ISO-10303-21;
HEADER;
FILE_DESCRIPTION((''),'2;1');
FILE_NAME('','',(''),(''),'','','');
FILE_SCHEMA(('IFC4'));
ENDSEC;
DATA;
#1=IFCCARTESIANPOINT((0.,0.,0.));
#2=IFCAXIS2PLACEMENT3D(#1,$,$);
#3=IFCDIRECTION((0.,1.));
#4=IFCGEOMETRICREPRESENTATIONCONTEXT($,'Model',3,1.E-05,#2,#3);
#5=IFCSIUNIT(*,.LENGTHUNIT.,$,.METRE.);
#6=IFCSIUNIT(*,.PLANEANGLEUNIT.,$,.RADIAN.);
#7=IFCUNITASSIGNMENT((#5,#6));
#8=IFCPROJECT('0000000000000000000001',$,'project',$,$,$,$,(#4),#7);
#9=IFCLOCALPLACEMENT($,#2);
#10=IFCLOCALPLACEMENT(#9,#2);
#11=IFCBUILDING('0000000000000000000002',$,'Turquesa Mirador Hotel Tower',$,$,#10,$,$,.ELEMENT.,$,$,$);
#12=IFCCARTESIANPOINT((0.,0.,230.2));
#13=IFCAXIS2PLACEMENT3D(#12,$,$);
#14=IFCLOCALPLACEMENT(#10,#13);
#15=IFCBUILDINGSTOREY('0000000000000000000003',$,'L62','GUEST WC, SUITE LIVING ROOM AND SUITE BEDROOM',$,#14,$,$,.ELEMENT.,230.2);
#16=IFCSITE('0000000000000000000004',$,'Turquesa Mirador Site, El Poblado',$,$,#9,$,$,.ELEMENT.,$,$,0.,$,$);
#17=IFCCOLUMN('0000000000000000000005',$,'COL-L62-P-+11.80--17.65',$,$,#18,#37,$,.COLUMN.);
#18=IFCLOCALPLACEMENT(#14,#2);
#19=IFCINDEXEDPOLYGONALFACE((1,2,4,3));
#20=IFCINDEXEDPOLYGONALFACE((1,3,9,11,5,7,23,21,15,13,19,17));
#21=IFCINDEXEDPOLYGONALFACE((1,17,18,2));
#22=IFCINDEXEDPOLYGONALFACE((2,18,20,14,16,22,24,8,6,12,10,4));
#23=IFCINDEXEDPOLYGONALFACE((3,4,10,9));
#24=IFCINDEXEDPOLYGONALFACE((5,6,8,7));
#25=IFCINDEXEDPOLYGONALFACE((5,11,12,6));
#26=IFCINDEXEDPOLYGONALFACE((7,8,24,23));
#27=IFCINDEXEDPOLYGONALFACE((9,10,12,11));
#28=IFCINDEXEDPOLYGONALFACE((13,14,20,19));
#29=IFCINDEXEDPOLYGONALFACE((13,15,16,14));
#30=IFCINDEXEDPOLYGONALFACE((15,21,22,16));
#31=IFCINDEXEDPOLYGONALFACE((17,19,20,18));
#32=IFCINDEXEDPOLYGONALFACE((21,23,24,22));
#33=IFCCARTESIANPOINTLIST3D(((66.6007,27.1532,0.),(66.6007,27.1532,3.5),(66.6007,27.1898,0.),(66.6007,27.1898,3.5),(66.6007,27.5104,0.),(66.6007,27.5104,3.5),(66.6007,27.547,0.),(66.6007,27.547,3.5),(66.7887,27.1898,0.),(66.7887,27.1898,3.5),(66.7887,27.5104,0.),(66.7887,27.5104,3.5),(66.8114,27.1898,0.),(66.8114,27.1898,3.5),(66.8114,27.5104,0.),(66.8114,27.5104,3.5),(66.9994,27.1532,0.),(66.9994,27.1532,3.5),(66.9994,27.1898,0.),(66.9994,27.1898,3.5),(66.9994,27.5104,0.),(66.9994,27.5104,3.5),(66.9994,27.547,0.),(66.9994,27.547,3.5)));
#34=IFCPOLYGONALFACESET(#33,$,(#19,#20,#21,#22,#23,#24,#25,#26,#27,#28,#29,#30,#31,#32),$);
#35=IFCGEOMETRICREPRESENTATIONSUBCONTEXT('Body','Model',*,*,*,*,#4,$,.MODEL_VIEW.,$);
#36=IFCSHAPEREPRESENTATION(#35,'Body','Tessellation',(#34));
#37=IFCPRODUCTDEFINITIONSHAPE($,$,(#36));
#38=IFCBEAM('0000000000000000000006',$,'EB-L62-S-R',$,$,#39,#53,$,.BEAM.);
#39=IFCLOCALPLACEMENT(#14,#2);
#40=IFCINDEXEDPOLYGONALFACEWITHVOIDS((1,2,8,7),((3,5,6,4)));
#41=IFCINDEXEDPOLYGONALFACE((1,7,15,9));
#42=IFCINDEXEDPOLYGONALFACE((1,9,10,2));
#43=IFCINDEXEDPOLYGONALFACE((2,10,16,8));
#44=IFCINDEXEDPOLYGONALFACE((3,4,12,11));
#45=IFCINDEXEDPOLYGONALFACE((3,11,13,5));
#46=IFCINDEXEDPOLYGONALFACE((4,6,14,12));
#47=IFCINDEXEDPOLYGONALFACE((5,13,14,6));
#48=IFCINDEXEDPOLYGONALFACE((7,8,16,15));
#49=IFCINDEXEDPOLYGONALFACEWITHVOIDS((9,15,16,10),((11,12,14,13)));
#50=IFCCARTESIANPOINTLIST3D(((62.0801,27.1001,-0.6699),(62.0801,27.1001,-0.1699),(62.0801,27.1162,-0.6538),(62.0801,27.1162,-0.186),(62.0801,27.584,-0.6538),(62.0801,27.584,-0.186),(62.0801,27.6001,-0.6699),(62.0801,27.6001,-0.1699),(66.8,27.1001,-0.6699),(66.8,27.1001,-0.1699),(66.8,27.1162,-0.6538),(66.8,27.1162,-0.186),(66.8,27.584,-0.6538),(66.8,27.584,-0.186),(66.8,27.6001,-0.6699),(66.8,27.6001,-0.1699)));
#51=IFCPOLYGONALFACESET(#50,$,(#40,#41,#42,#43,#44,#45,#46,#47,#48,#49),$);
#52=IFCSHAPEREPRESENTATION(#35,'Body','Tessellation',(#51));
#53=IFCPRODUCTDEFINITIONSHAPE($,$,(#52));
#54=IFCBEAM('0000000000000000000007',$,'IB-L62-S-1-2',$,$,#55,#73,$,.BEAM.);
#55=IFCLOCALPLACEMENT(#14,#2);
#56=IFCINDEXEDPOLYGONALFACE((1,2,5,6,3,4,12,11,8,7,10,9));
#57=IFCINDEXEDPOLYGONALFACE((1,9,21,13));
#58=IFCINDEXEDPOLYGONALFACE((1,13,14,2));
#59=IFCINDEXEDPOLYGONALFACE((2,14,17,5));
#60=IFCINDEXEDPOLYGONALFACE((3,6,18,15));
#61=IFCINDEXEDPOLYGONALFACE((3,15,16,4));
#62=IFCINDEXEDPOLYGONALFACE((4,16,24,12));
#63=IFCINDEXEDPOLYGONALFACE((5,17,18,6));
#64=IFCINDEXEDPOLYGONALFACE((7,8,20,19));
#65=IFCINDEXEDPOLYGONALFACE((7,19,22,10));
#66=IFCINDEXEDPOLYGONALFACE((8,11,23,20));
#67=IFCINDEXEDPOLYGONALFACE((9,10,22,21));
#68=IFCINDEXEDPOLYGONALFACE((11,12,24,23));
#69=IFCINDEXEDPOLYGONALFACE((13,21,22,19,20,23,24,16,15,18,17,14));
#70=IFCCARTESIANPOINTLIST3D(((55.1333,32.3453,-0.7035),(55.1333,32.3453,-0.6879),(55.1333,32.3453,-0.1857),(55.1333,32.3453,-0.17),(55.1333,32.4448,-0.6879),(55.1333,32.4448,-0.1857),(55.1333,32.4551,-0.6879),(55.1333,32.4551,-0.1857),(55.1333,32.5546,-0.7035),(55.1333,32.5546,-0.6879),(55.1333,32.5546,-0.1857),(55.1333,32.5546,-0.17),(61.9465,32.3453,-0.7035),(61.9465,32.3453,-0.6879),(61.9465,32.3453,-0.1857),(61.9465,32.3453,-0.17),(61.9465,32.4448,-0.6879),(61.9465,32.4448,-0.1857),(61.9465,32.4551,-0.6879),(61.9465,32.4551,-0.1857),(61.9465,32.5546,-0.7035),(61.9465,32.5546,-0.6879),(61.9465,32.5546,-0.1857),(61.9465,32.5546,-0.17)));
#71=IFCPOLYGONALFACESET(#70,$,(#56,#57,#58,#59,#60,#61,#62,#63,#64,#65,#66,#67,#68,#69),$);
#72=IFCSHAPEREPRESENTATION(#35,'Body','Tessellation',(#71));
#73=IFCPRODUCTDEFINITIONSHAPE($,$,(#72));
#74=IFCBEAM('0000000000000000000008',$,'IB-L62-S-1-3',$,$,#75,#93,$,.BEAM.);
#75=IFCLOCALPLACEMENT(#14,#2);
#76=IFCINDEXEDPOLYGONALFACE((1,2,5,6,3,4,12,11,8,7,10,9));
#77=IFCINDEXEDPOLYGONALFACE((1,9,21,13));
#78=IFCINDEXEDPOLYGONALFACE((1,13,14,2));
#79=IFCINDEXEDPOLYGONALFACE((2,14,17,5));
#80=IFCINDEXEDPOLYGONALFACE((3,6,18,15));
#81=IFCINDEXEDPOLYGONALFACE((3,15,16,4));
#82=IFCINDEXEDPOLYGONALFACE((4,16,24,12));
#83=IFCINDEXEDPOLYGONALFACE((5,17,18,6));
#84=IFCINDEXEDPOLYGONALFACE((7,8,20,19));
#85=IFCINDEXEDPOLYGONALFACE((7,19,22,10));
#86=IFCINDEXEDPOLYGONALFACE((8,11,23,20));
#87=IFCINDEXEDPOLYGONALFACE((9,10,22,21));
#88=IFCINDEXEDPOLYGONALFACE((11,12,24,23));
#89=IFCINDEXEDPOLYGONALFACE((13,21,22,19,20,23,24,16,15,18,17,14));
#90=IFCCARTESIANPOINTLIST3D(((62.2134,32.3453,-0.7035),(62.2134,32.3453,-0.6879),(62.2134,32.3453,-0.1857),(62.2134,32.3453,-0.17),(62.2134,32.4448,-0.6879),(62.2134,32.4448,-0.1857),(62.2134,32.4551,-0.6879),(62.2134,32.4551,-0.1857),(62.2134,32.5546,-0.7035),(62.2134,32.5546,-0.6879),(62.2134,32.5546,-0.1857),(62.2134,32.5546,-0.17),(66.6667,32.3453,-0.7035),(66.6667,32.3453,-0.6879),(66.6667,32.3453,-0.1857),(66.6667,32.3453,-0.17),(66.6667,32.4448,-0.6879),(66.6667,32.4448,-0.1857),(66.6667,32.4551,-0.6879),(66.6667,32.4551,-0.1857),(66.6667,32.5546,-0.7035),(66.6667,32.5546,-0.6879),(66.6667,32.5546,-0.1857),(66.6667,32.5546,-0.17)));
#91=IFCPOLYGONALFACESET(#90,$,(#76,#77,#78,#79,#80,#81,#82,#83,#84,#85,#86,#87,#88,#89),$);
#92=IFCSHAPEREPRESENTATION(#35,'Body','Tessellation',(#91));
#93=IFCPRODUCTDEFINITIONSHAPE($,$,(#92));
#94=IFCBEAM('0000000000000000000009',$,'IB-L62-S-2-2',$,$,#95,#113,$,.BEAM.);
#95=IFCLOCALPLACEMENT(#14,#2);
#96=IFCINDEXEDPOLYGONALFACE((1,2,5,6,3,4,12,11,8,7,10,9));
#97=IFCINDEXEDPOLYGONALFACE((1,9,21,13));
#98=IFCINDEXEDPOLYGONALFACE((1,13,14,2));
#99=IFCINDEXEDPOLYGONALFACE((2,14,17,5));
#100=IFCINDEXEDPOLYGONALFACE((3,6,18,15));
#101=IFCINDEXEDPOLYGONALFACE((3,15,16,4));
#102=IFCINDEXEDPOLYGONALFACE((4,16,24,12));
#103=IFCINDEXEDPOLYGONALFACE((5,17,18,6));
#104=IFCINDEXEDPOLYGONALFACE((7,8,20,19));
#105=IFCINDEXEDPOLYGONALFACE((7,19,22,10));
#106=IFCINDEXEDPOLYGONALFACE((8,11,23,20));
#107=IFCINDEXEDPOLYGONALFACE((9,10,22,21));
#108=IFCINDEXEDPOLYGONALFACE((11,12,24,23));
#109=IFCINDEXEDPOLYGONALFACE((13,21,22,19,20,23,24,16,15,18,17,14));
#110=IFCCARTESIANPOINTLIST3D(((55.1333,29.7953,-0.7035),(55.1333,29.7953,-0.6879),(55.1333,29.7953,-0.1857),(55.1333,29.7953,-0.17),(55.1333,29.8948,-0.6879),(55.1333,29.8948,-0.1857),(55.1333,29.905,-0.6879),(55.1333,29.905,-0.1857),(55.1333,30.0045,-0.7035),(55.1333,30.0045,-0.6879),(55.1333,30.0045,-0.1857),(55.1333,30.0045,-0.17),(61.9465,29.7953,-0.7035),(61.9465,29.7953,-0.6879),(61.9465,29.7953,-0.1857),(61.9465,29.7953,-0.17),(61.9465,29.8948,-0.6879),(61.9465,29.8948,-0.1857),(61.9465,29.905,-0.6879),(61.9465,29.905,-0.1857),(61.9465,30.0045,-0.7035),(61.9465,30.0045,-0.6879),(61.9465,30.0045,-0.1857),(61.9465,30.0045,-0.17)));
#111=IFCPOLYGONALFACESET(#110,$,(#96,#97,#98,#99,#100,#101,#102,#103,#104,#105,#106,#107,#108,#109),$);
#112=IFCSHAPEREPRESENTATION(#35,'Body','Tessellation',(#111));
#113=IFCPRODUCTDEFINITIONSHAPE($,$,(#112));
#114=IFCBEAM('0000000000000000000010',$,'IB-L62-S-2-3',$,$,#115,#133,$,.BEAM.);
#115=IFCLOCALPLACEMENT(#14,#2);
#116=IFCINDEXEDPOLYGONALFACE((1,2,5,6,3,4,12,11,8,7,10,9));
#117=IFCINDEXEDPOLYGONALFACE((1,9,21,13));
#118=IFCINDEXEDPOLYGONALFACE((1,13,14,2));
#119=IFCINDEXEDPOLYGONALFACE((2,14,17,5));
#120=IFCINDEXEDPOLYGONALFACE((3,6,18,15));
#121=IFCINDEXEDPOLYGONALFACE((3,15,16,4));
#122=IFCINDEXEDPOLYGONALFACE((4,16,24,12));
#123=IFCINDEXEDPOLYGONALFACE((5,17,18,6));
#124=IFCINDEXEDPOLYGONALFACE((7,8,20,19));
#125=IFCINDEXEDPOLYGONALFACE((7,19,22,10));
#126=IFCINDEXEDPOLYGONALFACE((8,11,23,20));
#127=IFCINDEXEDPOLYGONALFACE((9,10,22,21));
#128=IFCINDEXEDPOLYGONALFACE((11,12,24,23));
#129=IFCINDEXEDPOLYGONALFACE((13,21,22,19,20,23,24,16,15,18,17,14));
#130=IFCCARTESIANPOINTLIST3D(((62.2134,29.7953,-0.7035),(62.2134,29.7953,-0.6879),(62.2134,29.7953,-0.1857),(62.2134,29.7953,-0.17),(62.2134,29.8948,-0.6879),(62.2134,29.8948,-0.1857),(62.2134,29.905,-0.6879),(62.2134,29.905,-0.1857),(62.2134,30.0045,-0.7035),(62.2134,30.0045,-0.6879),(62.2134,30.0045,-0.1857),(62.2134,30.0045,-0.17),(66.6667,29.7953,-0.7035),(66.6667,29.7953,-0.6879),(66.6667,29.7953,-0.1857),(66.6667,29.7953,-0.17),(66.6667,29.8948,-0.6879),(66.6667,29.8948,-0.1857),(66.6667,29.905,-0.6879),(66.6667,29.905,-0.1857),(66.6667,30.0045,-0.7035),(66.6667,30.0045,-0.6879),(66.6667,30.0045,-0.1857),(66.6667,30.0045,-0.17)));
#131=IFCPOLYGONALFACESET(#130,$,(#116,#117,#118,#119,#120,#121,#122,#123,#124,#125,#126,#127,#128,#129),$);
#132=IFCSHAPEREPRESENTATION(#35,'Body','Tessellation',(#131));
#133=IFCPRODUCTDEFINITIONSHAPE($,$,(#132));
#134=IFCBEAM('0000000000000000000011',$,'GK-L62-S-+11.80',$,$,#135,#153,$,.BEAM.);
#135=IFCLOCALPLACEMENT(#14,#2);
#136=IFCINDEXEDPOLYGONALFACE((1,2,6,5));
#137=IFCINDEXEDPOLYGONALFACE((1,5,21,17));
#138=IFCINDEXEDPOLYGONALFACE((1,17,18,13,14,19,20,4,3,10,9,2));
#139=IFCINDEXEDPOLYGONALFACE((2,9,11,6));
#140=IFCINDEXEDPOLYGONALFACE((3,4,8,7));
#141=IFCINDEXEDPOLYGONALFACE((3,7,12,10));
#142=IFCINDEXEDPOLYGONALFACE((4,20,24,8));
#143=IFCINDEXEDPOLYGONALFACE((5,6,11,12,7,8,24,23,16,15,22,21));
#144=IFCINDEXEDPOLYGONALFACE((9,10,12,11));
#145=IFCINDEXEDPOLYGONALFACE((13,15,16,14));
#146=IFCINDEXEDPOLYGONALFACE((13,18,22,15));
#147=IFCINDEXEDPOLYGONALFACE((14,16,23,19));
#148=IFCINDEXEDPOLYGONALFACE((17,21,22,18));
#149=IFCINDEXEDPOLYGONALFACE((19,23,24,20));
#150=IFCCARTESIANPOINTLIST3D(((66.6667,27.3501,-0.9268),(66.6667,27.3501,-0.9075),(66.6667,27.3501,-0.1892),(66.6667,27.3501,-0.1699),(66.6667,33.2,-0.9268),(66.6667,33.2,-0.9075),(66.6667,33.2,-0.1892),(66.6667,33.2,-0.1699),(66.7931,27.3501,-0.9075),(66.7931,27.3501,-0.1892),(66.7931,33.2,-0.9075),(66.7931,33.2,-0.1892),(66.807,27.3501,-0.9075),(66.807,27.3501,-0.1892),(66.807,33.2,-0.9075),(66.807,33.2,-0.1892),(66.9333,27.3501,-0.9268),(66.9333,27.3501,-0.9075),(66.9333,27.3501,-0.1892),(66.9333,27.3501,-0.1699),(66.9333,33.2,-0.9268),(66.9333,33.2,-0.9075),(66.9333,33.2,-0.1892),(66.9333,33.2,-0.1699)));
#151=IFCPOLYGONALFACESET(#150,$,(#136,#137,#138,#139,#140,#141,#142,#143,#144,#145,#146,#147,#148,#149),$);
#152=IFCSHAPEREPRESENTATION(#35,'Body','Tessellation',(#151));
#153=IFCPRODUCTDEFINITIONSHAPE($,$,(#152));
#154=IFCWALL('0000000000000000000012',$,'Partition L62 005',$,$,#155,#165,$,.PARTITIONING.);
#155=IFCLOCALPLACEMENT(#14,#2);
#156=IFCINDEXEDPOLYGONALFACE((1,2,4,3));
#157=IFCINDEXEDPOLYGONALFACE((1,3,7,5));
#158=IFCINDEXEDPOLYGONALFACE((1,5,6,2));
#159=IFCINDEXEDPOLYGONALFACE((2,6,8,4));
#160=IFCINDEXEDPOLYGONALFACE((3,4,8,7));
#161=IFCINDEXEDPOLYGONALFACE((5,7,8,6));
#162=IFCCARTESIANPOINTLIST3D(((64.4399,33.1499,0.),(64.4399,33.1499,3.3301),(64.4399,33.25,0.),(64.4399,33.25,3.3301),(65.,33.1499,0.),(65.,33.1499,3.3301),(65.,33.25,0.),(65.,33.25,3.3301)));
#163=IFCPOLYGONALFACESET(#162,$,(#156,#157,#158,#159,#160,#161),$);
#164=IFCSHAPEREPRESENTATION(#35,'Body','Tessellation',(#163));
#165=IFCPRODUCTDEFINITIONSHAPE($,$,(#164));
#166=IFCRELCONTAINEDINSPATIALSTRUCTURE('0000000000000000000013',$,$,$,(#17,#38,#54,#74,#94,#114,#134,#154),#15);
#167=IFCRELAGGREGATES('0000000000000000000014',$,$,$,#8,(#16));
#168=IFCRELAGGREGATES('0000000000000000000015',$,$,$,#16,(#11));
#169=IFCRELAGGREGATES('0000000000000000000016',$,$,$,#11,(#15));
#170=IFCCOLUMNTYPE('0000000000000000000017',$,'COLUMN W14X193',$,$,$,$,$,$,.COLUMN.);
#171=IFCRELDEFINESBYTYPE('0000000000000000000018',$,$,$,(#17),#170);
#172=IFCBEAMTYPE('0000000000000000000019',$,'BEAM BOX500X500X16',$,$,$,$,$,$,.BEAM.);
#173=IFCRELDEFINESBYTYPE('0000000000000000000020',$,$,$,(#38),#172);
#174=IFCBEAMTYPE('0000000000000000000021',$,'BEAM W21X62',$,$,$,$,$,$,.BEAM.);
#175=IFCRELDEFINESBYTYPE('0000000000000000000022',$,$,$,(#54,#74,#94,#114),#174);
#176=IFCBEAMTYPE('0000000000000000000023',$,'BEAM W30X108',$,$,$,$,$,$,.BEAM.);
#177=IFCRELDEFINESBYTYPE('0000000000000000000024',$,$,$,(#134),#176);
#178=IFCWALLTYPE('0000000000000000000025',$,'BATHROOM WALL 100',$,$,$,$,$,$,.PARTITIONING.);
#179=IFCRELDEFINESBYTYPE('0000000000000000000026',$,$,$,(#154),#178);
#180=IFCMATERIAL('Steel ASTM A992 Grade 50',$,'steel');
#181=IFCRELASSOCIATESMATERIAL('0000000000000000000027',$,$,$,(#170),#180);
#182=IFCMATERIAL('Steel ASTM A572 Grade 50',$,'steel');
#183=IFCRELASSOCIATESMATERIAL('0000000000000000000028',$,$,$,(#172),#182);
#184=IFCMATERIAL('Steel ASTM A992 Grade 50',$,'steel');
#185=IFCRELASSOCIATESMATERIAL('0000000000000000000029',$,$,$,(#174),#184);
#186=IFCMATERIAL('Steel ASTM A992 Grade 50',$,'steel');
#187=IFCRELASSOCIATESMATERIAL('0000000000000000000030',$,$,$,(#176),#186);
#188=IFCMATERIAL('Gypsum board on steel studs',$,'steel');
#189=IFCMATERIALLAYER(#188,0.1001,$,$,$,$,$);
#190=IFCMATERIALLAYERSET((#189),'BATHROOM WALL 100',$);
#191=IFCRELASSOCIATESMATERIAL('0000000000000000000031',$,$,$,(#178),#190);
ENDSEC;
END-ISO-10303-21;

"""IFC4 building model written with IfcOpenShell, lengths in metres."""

from ifc_helpers import new_model, si_unit, direction, frame, frame_2d, origin, origin_2d, place, context, subcontext, project, spatial, rectangle, hollow_rectangle, i_section, extrude, material, layer, layer_set, material_profile, profile_set, type_object, element, save


model = new_model("IFC4")

# Units and contexts
model_context = context("Model", 3, precision=1e-05, world=origin(), true_north=direction((0.0, 1.0)))
body_context = subcontext(model_context, "Body", "Model", "MODEL_VIEW")
ifc_project = project(units=[si_unit("LENGTHUNIT", "METRE"), si_unit("PLANEANGLEUNIT", "RADIAN")], contexts=[model_context])

# Site, building, storey
site_placement = place(None, origin())
site = spatial("IfcSite", under=ifc_project, at=site_placement, Name="Turquesa Mirador Site, El Poblado", CompositionType="ELEMENT", RefElevation=0.0)
building_placement = place(site_placement, origin())
building = spatial("IfcBuilding", under=site, at=building_placement, Name="Turquesa Mirador Hotel Tower", CompositionType="ELEMENT")
storey_placement = place(building_placement, frame((0.0, 0.0, 230.2)))
storey = spatial("IfcBuildingStorey", under=building, at=storey_placement, Name="L62", Description="GUEST WC, SUITE LIVING ROOM AND SUITE BEDROOM", CompositionType="ELEMENT", Elevation=230.2)

# Column
ifc_material_1 = material(Name="Steel ASTM A992 Grade 50", Category="steel")
ifc_material_profile_1 = material_profile(ifc_material_1, i_section(OverallWidth=0.3987, OverallDepth=0.3938, WebThickness=0.0227, FlangeThickness=0.0366, at=origin_2d()), Name="W14X193")
ifc_profile_set_1 = profile_set([ifc_material_profile_1], Name="Steel ASTM A992 Grade 50")
column_type = type_object("IfcColumnType", Name="COLUMN W14X193", PredefinedType="COLUMN", material=ifc_profile_set_1)
column_placement = place(storey_placement, frame((66.8, 27.3501, 0.0), z_axis=(0.0, 0.0, 1.0), x_axis=(1.0, 0.0, 0.0)))
element("IfcColumn", 1, at=column_placement, inside=storey, type_object=column_type, Name="COL-L62-P-+11.80--17.65", PredefinedType="COLUMN", context=body_context, shape_type="SweptSolid", body=[
    extrude(i_section(OverallWidth=0.3987, OverallDepth=0.3938, WebThickness=0.0227, FlangeThickness=0.0366, at=origin_2d()), origin(), (0.0, 0.0, 1.0), 3.5),
])

# Beams
ifc_material_2 = material(Name="Steel ASTM A572 Grade 50", Category="steel")
ifc_material_profile_2 = material_profile(ifc_material_2, hollow_rectangle(XDim=0.5, YDim=0.5, WallThickness=0.0161, at=origin_2d()), Name="BOX500X500X16")
ifc_profile_set_2 = profile_set([ifc_material_profile_2], Name="Steel ASTM A572 Grade 50")
beam_type_1 = type_object("IfcBeamType", Name="BEAM BOX500X500X16", PredefinedType="BEAM", material=ifc_profile_set_2)
beam_1_placement = place(storey_placement, frame((62.0801, 27.3501, -0.4199), z_axis=(1.0, 0.0, 0.0), x_axis=(0.0, 1.0, 0.0)))
element("IfcBeam", 2, at=beam_1_placement, inside=storey, type_object=beam_type_1, Name="EB-L62-S-R", PredefinedType="BEAM", context=body_context, shape_type="SweptSolid", body=[
    extrude(hollow_rectangle(XDim=0.5, YDim=0.5, WallThickness=0.0161, at=origin_2d()), origin(), (0.0, 0.0, 1.0), 4.72),
])
ifc_material_3 = material(Name="Steel ASTM A992 Grade 50", Category="steel")
ifc_material_profile_3 = material_profile(ifc_material_3, i_section(OverallWidth=0.2092, OverallDepth=0.5334, WebThickness=0.0103, FlangeThickness=0.0156, at=origin_2d()), Name="W21X62")
ifc_profile_set_3 = profile_set([ifc_material_profile_3], Name="Steel ASTM A992 Grade 50")
beam_type_2 = type_object("IfcBeamType", Name="BEAM W21X62", PredefinedType="BEAM", material=ifc_profile_set_3)
beam_2_placement = place(storey_placement, frame((55.1333, 32.45, -0.4368), z_axis=(1.0, 0.0, 0.0), x_axis=(0.0, 1.0, 0.0)))
element("IfcBeam", 3, at=beam_2_placement, inside=storey, type_object=beam_type_2, Name="IB-L62-S-1-2", PredefinedType="BEAM", context=body_context, shape_type="SweptSolid", body=[
    extrude(i_section(OverallWidth=0.2092, OverallDepth=0.5334, WebThickness=0.0103, FlangeThickness=0.0156, at=origin_2d()), origin(), (0.0, 0.0, 1.0), 6.8132),
])
beam_3_placement = place(storey_placement, frame((62.2134, 32.45, -0.4368), z_axis=(1.0, 0.0, 0.0), x_axis=(0.0, 1.0, 0.0)))
element("IfcBeam", 4, at=beam_3_placement, inside=storey, type_object=beam_type_2, Name="IB-L62-S-1-3", PredefinedType="BEAM", context=body_context, shape_type="SweptSolid", body=[
    extrude(i_section(OverallWidth=0.2092, OverallDepth=0.5334, WebThickness=0.0103, FlangeThickness=0.0156, at=origin_2d()), origin(), (0.0, 0.0, 1.0), 4.4534),
])
beam_4_placement = place(storey_placement, frame((55.1333, 29.8999, -0.4368), z_axis=(1.0, 0.0, 0.0), x_axis=(0.0, 1.0, 0.0)))
element("IfcBeam", 5, at=beam_4_placement, inside=storey, type_object=beam_type_2, Name="IB-L62-S-2-2", PredefinedType="BEAM", context=body_context, shape_type="SweptSolid", body=[
    extrude(i_section(OverallWidth=0.2092, OverallDepth=0.5334, WebThickness=0.0103, FlangeThickness=0.0156, at=origin_2d()), origin(), (0.0, 0.0, 1.0), 6.8132),
])
beam_5_placement = place(storey_placement, frame((62.2134, 29.8999, -0.4368), z_axis=(1.0, 0.0, 0.0), x_axis=(0.0, 1.0, 0.0)))
element("IfcBeam", 6, at=beam_5_placement, inside=storey, type_object=beam_type_2, Name="IB-L62-S-2-3", PredefinedType="BEAM", context=body_context, shape_type="SweptSolid", body=[
    extrude(i_section(OverallWidth=0.2092, OverallDepth=0.5334, WebThickness=0.0103, FlangeThickness=0.0156, at=origin_2d()), origin(), (0.0, 0.0, 1.0), 4.4534),
])
ifc_material_4 = material(Name="Steel ASTM A992 Grade 50", Category="steel")
ifc_material_profile_4 = material_profile(ifc_material_4, i_section(OverallWidth=0.2666, OverallDepth=0.7568, WebThickness=0.0139, FlangeThickness=0.0193, at=origin_2d()), Name="W30X108")
ifc_profile_set_4 = profile_set([ifc_material_profile_4], Name="Steel ASTM A992 Grade 50")
beam_type_3 = type_object("IfcBeamType", Name="BEAM W30X108", PredefinedType="BEAM", material=ifc_profile_set_4)
beam_6_placement = place(storey_placement, frame((66.8, 27.3501, -0.5483), z_axis=(0.0, 1.0, 0.0), x_axis=(-1.0, 0.0, 0.0)))
element("IfcBeam", 7, at=beam_6_placement, inside=storey, type_object=beam_type_3, Name="GK-L62-S-+11.80", PredefinedType="BEAM", context=body_context, shape_type="SweptSolid", body=[
    extrude(i_section(OverallWidth=0.2666, OverallDepth=0.7568, WebThickness=0.0139, FlangeThickness=0.0193, at=origin_2d()), origin(), (0.0, 0.0, 1.0), 5.8499),
])

# Wall
ifc_material_5 = material(Name="Gypsum board on steel studs", Category="steel")
ifc_layer_1 = layer(ifc_material_5, 0.1001)
ifc_layer_set_1 = layer_set([ifc_layer_1], Name="BATHROOM WALL 100")
wall_type_1 = type_object("IfcWallType", Name="BATHROOM WALL 100", PredefinedType="PARTITIONING", material=ifc_layer_set_1)
wall_1_placement = place(storey_placement, frame((64.4399, 33.2, 0.0), z_axis=(0.0, 0.0, 1.0), x_axis=(1.0, 0.0, 0.0)))
element("IfcWall", 8, at=wall_1_placement, inside=storey, type_object=wall_type_1, Name="Partition L62 005", PredefinedType="PARTITIONING", context=body_context, shape_type="SweptSolid", body=[
    extrude(rectangle(XDim=0.5601, YDim=0.1001, at=frame_2d((0.28, 0.0))), origin(), (0.0, 0.0, 1.0), 3.3301),
])

save(model, "model.ifc")
